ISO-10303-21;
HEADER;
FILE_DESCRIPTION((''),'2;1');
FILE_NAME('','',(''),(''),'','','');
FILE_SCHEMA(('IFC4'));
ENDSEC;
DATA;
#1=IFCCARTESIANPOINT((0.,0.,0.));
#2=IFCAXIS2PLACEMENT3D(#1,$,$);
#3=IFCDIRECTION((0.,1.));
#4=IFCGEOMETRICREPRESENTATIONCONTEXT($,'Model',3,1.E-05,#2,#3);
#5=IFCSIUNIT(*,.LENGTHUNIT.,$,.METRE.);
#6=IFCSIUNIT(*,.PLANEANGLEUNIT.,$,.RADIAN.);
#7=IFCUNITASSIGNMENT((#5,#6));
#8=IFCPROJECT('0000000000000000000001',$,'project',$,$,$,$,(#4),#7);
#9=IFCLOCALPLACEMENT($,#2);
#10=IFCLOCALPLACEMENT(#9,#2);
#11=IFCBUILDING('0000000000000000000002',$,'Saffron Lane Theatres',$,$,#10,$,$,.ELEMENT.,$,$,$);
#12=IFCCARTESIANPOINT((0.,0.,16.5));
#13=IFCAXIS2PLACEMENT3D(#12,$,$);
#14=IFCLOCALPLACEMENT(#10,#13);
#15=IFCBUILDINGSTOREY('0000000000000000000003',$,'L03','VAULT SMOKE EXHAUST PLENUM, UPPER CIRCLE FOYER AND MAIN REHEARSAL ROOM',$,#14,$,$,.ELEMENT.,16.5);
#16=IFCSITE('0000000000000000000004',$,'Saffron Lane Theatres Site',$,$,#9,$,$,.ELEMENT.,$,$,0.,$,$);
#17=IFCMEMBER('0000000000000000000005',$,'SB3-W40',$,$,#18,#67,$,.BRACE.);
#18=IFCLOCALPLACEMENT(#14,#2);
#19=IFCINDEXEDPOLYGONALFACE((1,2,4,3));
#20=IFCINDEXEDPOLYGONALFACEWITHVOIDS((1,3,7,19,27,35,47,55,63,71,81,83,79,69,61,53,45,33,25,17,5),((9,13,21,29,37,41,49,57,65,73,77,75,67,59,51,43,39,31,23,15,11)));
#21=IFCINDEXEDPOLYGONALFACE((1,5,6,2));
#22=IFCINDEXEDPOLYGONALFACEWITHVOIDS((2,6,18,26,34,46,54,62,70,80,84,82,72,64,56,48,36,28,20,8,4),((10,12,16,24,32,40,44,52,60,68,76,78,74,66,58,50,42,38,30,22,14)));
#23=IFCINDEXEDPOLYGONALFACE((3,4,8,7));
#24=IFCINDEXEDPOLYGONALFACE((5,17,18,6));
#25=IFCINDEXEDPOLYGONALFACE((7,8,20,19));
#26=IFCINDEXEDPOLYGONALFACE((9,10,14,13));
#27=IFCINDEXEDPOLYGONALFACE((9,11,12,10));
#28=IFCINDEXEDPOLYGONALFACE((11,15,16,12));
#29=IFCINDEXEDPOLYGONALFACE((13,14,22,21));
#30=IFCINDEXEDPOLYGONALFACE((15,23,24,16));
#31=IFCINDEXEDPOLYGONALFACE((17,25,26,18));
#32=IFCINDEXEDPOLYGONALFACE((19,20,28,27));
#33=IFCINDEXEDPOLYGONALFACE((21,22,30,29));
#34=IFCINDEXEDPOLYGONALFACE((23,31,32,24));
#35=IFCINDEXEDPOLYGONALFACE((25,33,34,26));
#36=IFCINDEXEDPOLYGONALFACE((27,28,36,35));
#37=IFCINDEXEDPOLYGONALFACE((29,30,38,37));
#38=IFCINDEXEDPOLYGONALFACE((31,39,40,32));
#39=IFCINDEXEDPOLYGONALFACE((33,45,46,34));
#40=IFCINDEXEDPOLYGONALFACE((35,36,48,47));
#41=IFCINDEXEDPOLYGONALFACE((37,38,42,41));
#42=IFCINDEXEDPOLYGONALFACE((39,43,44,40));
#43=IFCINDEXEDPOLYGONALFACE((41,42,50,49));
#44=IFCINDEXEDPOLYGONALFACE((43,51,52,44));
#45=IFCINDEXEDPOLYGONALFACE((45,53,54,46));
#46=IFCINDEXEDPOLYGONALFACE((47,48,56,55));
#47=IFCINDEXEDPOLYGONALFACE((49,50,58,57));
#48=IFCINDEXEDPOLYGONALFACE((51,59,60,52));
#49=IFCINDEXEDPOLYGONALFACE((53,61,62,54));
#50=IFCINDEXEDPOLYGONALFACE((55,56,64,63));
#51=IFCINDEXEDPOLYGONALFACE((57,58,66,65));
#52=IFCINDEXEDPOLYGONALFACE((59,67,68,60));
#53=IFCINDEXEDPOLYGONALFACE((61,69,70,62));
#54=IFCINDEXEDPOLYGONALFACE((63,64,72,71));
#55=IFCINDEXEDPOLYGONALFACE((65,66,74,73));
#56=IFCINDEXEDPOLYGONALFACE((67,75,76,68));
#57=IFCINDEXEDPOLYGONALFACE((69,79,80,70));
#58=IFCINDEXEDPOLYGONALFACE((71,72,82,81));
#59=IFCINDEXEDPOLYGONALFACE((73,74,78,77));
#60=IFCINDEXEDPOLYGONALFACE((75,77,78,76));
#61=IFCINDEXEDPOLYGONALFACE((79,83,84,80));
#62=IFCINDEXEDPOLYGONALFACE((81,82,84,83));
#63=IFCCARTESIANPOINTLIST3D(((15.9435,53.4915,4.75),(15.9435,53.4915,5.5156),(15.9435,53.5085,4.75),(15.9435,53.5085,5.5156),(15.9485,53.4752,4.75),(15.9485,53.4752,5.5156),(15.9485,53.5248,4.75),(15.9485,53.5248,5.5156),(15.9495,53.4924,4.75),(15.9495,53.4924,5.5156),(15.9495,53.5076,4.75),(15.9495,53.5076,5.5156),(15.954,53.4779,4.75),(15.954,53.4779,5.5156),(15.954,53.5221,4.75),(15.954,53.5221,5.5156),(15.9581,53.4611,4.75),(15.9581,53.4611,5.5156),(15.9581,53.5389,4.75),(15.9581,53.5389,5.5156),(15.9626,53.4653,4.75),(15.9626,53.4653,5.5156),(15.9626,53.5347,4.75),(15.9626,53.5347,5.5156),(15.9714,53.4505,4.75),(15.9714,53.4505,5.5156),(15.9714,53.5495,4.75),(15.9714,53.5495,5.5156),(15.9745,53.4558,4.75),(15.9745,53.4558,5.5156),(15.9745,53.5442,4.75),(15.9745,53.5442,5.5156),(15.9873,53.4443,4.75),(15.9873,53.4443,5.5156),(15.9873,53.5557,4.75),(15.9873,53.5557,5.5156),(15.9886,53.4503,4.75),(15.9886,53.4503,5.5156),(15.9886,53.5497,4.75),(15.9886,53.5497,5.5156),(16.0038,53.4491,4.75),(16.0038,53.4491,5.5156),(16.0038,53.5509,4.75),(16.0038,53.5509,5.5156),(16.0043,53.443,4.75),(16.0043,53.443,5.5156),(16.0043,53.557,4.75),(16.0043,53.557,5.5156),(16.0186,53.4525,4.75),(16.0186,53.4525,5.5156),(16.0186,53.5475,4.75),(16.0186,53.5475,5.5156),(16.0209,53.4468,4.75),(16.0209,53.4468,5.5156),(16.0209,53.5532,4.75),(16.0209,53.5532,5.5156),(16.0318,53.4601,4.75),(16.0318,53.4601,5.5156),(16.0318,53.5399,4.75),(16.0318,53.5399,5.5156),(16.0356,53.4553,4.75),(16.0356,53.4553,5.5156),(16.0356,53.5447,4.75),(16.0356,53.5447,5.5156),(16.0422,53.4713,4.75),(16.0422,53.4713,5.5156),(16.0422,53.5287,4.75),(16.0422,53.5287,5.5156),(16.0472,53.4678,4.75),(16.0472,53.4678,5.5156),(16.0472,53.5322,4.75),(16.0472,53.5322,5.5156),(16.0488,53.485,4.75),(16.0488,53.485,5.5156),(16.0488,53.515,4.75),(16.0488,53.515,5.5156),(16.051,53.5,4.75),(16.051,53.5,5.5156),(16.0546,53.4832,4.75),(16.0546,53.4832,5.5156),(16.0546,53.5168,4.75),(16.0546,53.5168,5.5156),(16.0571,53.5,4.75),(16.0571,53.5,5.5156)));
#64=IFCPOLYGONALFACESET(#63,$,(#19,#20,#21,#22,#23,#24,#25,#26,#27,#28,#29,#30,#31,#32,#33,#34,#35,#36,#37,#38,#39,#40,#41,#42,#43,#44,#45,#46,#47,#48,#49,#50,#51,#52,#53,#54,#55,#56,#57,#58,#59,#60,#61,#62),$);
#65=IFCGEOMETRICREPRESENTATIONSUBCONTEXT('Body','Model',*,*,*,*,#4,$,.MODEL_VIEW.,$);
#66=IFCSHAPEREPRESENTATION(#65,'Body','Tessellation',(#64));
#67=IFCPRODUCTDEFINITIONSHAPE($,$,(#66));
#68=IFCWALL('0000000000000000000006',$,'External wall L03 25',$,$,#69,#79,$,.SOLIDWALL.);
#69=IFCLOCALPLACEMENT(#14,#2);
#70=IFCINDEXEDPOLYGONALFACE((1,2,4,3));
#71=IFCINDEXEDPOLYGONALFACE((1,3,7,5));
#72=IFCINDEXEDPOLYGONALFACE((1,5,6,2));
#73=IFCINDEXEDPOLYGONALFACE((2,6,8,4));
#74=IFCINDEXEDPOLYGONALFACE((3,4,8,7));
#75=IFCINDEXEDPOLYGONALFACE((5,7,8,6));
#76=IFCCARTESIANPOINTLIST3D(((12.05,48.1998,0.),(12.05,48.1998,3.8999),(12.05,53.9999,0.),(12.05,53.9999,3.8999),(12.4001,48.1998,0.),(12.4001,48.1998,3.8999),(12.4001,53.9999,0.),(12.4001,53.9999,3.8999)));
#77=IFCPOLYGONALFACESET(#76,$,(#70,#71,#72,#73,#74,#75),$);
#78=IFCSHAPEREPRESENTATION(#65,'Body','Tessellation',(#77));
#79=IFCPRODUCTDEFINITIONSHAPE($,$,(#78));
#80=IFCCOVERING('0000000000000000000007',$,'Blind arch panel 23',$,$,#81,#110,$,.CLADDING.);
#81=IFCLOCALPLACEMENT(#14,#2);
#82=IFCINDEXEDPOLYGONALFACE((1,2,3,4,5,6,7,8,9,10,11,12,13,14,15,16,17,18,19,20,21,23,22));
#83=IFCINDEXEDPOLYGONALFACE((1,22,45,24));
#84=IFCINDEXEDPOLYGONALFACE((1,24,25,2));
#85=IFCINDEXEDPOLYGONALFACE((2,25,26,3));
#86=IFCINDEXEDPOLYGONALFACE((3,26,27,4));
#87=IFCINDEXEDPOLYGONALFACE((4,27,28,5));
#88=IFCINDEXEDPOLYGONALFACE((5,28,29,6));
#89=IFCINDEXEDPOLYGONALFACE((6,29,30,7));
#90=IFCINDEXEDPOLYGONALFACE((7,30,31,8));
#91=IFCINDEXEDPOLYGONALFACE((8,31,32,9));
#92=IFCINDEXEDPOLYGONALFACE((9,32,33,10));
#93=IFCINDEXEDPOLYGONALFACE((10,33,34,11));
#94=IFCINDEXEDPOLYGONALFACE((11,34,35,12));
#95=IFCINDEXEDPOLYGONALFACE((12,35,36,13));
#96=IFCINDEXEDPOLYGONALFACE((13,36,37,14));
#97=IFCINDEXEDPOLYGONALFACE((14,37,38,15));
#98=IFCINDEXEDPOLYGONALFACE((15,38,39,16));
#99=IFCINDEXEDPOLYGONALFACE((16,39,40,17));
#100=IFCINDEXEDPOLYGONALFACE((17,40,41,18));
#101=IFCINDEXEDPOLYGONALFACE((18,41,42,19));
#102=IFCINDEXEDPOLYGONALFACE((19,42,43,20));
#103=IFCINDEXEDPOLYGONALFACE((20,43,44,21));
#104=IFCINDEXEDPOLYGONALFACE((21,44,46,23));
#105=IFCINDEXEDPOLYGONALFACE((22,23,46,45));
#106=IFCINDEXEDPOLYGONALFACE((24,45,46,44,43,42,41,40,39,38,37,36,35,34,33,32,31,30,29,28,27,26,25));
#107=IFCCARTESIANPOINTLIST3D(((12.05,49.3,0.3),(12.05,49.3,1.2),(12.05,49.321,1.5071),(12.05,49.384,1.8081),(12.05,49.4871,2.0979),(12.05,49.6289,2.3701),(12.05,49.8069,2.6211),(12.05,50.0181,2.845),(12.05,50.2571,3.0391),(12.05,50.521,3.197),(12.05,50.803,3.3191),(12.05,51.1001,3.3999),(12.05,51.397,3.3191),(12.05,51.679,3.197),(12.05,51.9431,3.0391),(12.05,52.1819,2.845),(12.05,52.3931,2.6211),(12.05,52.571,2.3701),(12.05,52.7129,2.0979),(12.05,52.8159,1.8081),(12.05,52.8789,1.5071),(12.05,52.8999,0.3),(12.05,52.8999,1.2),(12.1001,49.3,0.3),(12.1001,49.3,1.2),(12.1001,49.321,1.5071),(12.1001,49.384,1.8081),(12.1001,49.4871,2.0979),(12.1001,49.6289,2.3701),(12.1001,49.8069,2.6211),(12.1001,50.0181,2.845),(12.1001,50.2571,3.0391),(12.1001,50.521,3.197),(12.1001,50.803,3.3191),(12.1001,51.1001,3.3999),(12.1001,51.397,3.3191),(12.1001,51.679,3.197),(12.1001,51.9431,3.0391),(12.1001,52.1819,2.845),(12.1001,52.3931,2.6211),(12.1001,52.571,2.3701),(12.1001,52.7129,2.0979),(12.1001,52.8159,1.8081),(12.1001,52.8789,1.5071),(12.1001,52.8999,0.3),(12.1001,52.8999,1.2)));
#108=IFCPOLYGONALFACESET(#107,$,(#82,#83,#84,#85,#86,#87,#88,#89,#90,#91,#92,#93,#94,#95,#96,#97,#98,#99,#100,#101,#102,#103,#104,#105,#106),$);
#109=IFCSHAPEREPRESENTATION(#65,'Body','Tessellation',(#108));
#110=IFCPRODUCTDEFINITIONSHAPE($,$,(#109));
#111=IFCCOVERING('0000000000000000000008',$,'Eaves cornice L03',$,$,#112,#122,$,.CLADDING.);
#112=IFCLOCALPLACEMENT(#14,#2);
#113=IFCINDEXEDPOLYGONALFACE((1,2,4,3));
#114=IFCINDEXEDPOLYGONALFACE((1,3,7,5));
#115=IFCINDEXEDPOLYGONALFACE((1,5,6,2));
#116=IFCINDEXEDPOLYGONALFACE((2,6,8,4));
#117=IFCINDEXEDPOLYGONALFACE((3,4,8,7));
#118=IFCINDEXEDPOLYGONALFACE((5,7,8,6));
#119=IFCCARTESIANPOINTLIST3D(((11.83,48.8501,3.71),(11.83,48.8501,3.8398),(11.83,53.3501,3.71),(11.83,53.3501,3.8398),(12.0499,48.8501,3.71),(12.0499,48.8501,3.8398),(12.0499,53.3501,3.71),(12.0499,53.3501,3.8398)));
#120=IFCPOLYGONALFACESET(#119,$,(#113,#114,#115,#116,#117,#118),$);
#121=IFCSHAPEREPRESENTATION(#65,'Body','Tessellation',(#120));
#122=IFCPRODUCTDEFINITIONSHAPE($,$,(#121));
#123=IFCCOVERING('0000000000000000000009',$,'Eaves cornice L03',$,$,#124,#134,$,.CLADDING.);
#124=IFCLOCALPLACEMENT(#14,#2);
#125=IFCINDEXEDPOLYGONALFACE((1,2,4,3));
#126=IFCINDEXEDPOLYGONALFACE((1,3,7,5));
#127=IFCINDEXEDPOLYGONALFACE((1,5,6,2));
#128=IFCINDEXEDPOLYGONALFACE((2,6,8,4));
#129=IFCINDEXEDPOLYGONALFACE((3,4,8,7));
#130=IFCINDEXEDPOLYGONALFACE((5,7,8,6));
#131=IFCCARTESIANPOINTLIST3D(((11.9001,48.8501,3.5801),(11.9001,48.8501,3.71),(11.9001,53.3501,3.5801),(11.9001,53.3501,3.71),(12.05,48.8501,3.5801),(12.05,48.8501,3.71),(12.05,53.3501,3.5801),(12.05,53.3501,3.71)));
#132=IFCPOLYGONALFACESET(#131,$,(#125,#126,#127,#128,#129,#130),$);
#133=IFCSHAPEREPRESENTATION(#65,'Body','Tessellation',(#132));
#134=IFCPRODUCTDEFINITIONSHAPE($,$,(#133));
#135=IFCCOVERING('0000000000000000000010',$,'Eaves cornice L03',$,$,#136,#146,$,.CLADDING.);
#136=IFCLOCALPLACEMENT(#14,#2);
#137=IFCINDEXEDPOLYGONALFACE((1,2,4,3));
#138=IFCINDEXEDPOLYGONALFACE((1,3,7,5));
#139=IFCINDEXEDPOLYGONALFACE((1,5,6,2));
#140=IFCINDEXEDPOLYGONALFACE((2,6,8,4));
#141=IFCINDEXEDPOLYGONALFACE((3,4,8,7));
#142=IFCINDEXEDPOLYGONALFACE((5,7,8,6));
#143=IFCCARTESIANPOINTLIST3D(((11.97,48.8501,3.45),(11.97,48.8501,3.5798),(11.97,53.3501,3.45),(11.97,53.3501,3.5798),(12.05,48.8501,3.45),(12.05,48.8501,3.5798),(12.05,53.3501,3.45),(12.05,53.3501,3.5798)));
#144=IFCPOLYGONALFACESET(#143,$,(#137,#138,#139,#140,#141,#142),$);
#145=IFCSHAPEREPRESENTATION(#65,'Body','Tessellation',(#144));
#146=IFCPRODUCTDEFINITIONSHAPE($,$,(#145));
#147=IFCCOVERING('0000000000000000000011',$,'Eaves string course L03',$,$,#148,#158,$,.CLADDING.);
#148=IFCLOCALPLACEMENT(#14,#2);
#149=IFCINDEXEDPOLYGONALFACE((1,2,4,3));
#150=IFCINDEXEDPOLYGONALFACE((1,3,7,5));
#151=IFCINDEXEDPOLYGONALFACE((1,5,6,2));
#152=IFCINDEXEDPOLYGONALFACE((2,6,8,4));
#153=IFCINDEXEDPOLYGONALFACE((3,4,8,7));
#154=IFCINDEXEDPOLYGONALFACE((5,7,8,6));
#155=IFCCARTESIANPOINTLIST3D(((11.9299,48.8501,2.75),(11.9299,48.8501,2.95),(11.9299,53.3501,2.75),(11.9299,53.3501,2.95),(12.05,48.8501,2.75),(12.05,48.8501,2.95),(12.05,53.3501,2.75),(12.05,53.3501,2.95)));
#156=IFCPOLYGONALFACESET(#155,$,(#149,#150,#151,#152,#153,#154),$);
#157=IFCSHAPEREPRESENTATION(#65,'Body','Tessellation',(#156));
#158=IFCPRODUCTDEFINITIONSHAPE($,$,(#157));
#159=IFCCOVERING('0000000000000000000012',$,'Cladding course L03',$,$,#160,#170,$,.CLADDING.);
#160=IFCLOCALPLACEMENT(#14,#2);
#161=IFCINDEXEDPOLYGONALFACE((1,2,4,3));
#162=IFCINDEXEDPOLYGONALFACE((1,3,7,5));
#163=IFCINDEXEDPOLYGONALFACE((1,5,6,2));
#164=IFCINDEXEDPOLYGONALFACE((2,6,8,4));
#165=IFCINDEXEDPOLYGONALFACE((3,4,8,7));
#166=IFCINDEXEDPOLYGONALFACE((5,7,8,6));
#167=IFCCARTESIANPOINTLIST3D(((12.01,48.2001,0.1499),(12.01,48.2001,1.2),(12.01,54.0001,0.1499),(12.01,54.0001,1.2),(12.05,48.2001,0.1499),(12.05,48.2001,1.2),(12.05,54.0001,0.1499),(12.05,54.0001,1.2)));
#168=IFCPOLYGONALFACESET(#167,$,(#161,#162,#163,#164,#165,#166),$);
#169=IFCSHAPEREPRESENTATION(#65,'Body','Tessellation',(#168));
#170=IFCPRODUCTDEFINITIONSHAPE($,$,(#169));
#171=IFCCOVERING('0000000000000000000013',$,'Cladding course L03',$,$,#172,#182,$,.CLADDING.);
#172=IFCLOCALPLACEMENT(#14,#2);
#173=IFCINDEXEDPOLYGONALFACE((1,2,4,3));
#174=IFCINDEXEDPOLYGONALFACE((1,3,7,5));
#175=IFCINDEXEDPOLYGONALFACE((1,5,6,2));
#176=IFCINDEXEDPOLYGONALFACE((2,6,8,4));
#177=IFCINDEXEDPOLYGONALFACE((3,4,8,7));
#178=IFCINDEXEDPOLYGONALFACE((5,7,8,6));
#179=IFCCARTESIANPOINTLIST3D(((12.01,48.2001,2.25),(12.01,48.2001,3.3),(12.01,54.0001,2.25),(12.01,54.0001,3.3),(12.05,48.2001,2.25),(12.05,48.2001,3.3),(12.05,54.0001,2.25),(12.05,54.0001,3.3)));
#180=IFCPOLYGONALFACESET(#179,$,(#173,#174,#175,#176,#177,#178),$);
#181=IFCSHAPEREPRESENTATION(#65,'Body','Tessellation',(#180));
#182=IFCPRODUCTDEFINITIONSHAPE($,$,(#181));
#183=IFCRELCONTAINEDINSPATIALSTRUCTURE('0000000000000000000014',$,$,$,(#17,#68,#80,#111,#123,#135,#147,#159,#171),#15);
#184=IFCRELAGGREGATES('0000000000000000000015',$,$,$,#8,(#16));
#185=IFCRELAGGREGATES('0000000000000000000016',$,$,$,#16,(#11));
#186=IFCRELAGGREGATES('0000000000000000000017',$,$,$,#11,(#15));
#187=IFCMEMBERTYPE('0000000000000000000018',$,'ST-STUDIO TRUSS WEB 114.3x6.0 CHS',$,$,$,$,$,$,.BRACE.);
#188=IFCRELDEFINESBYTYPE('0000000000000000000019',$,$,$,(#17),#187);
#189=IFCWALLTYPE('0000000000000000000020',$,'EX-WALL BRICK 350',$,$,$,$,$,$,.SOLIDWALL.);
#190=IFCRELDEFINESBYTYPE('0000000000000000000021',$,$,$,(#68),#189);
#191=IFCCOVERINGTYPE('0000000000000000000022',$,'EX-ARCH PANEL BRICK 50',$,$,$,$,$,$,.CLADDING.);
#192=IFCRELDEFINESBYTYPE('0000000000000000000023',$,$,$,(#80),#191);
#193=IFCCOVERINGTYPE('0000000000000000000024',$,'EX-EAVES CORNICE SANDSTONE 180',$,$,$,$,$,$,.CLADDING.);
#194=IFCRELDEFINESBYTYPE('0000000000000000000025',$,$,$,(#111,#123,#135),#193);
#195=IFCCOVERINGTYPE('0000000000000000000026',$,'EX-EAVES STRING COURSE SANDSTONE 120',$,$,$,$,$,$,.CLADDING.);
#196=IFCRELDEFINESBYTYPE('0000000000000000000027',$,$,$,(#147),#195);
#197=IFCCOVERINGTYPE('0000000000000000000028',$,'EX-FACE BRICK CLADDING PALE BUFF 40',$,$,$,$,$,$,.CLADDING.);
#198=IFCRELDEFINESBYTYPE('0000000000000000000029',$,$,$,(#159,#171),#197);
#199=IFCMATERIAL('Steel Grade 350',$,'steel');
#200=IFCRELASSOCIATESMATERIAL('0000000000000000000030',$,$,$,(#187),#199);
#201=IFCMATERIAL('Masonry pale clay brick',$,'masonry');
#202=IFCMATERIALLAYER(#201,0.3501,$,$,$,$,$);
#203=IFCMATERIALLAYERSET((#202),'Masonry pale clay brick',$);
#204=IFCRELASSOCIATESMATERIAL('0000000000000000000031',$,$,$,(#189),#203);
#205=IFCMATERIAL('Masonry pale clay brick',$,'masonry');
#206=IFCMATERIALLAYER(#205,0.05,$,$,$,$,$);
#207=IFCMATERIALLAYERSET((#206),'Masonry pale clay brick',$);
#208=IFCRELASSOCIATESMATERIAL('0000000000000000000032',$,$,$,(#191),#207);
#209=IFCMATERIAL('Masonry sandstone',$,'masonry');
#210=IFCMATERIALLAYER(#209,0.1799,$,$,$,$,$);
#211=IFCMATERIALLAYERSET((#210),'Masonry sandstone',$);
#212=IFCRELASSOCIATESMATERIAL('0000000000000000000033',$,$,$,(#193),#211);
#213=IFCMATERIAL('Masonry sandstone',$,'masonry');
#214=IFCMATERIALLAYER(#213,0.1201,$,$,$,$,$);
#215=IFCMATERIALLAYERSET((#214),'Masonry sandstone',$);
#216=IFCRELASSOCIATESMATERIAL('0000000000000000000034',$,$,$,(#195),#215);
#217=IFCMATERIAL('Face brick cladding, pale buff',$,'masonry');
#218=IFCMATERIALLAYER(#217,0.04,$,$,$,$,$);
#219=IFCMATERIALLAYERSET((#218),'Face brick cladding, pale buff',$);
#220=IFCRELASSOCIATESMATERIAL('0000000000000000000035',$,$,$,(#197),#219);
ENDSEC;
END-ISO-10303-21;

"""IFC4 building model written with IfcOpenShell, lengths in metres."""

from ifc_helpers import new_model, si_unit, direction, frame, frame_2d, origin, origin_2d, place, context, subcontext, project, spatial, polyline, rectangle, hollow_circle, outline, extrude, material, layer, layer_set, material_profile, profile_set, type_object, element, save


model = new_model("IFC4")

# Units and contexts
model_context = context("Model", 3, precision=1e-05, world=origin(), true_north=direction((0.0, 1.0)))
body_context = subcontext(model_context, "Body", "Model", "MODEL_VIEW")
ifc_project = project(units=[si_unit("LENGTHUNIT", "METRE"), si_unit("PLANEANGLEUNIT", "RADIAN")], contexts=[model_context])

# Site, building, storey
site_placement = place(None, origin())
site = spatial("IfcSite", under=ifc_project, at=site_placement, Name="Saffron Lane Theatres Site", CompositionType="ELEMENT", RefElevation=0.0)
building_placement = place(site_placement, origin())
building = spatial("IfcBuilding", under=site, at=building_placement, Name="Saffron Lane Theatres", CompositionType="ELEMENT")
storey_placement = place(building_placement, frame((0.0, 0.0, 16.5)))
storey = spatial("IfcBuildingStorey", under=building, at=storey_placement, Name="L03", Description="VAULT SMOKE EXHAUST PLENUM, UPPER CIRCLE FOYER AND MAIN REHEARSAL ROOM", CompositionType="ELEMENT", Elevation=16.5)

# Member
ifc_material_1 = material(Name="Steel Grade 350", Category="steel")
ifc_material_profile_1 = material_profile(ifc_material_1, hollow_circle(Radius=0.0571, WallThickness=0.0061, at=origin_2d()))
ifc_profile_set_1 = profile_set([ifc_material_profile_1], Name="Steel Grade 350")
member_type_1 = type_object("IfcMemberType", Name="ST-STUDIO TRUSS WEB 114.3x6.0 CHS", PredefinedType="BRACE", material=ifc_profile_set_1)
member_1_placement = place(storey_placement, frame((16.0, 53.5, 4.75), z_axis=(0.0, 0.0, 1.0), x_axis=(1.0, 0.0, 0.0)))
element("IfcMember", 1, at=member_1_placement, inside=storey, type_object=member_type_1, Name="SB3-W40", PredefinedType="BRACE", context=body_context, shape_type="SweptSolid", body=[
    extrude(hollow_circle(Radius=0.0571, WallThickness=0.0061, at=origin_2d()), origin(), (0.0, 0.0, 1.0), 0.7656),
])

# Wall
ifc_material_2 = material(Name="Masonry pale clay brick", Category="masonry")
ifc_layer_1 = layer(ifc_material_2, 0.3501)
ifc_layer_set_1 = layer_set([ifc_layer_1], Name="Masonry pale clay brick")
wall_type = type_object("IfcWallType", Name="EX-WALL BRICK 350", PredefinedType="SOLIDWALL", material=ifc_layer_set_1)
wall_placement = place(storey_placement, frame((12.2251, 48.2, 0.0), z_axis=(0.0, 0.0, 1.0), x_axis=(0.0, 1.0, 0.0)))
element("IfcWall", 2, at=wall_placement, inside=storey, type_object=wall_type, Name="External wall L03 25", PredefinedType="SOLIDWALL", context=body_context, shape_type="SweptSolid", body=[
    extrude(rectangle(XDim=5.8, YDim=0.3501, at=frame_2d((2.8999, 0.0))), origin(), (0.0, 0.0, 1.0), 3.8999),
])

# Coverings
ifc_material_3 = material(Name="Masonry pale clay brick", Category="masonry")
ifc_layer_2 = layer(ifc_material_3, 0.05)
ifc_layer_set_2 = layer_set([ifc_layer_2], Name="Masonry pale clay brick")
covering_type_1 = type_object("IfcCoveringType", Name="EX-ARCH PANEL BRICK 50", PredefinedType="CLADDING", material=ifc_layer_set_2)
covering_1_placement = place(storey_placement, frame((12.1001, 49.3, 1.2), z_axis=(1.0, 0.0, 0.0), x_axis=(0.0, 0.0, -1.0)))
element("IfcCovering", 3, at=covering_1_placement, inside=storey, type_object=covering_type_1, Name="Blind arch panel 23", PredefinedType="CLADDING", context=body_context, shape_type="SweptSolid", body=[
    extrude(outline(polyline([(0.0, 0.0), (0.8999, 0.0), (0.8999, 3.5999), (0.0, 3.5999), (-0.3071, 3.5789), (-0.6082, 3.5159), (-0.8979, 3.4128), (-1.1702, 3.271), (-1.4211, 3.093), (-1.645, 2.8818), (-1.8391, 2.6431), (-1.9971, 2.3789), (-2.1191, 2.0969), (-2.2, 1.8), (-2.1191, 1.5029), (-1.9971, 1.2209), (-1.8391, 0.957), (-1.645, 0.718), (-1.4211, 0.5068), (-1.1702, 0.3289), (-0.8979, 0.187), (-0.6082, 0.084), (-0.3071, 0.021), (0.0, 0.0)])), origin(), (0.0, 0.0, -1.0), 0.05),
])
ifc_material_4 = material(Name="Masonry sandstone", Category="masonry")
ifc_layer_3 = layer(ifc_material_4, 0.1799)
ifc_layer_set_3 = layer_set([ifc_layer_3], Name="Masonry sandstone")
covering_type_2 = type_object("IfcCoveringType", Name="EX-EAVES CORNICE SANDSTONE 180", PredefinedType="CLADDING", material=ifc_layer_set_3)
covering_2_placement = place(storey_placement, frame((11.9399, 51.1001, 3.71), z_axis=(0.0, 0.0, 1.0), x_axis=(0.0, 1.0, 0.0)))
element("IfcCovering", 4, at=covering_2_placement, inside=storey, type_object=covering_type_2, Name="Eaves cornice L03", PredefinedType="CLADDING", context=body_context, shape_type="SweptSolid", body=[
    extrude(rectangle(XDim=4.5, YDim=0.22, at=origin_2d()), origin(), (0.0, 0.0, 1.0), 0.1299),
])
covering_3_placement = place(storey_placement, frame((11.9751, 51.1001, 3.5801), z_axis=(0.0, 0.0, 1.0), x_axis=(0.0, 1.0, 0.0)))
element("IfcCovering", 5, at=covering_3_placement, inside=storey, type_object=covering_type_2, Name="Eaves cornice L03", PredefinedType="CLADDING", context=body_context, shape_type="SweptSolid", body=[
    extrude(rectangle(XDim=4.5, YDim=0.1499, at=origin_2d()), origin(), (0.0, 0.0, 1.0), 0.1299),
])
covering_4_placement = place(storey_placement, frame((12.01, 51.1001, 3.45), z_axis=(0.0, 0.0, 1.0), x_axis=(0.0, 1.0, 0.0)))
element("IfcCovering", 6, at=covering_4_placement, inside=storey, type_object=covering_type_2, Name="Eaves cornice L03", PredefinedType="CLADDING", context=body_context, shape_type="SweptSolid", body=[
    extrude(rectangle(XDim=4.5, YDim=0.0801, at=origin_2d()), origin(), (0.0, 0.0, 1.0), 0.1299),
])
ifc_material_5 = material(Name="Masonry sandstone", Category="masonry")
ifc_layer_4 = layer(ifc_material_5, 0.1201)
ifc_layer_set_4 = layer_set([ifc_layer_4], Name="Masonry sandstone")
covering_type_3 = type_object("IfcCoveringType", Name="EX-EAVES STRING COURSE SANDSTONE 120", PredefinedType="CLADDING", material=ifc_layer_set_4)
covering_5_placement = place(storey_placement, frame((11.99, 51.1001, 2.75), z_axis=(0.0, 0.0, 1.0), x_axis=(0.0, 1.0, 0.0)))
element("IfcCovering", 7, at=covering_5_placement, inside=storey, type_object=covering_type_3, Name="Eaves string course L03", PredefinedType="CLADDING", context=body_context, shape_type="SweptSolid", body=[
    extrude(rectangle(XDim=4.5, YDim=0.1201, at=origin_2d()), origin(), (0.0, 0.0, 1.0), 0.2),
])
ifc_material_6 = material(Name="Face brick cladding, pale buff", Category="masonry")
ifc_layer_5 = layer(ifc_material_6, 0.04)
ifc_layer_set_5 = layer_set([ifc_layer_5], Name="Face brick cladding, pale buff")
covering_type_4 = type_object("IfcCoveringType", Name="EX-FACE BRICK CLADDING PALE BUFF 40", PredefinedType="CLADDING", material=ifc_layer_set_5)
for number, where, z_axis, x_axis, name in (
    (8, (12.03, 51.1001, 0.1499), (0.0, 0.0, 1.0), (0.0, 1.0, 0.0), "Cladding course L03"),
    (9, (12.03, 51.1001, 2.25), (0.0, 0.0, 1.0), (0.0, 1.0, 0.0), "Cladding course L03"),
):
    element("IfcCovering", number, at=place(storey_placement, frame(where, z_axis=z_axis, x_axis=x_axis)), inside=storey, type_object=covering_type_4, Name=name, PredefinedType="CLADDING", context=body_context, shape_type="SweptSolid", body=[
        extrude(rectangle(XDim=5.8, YDim=0.04, at=origin_2d()), origin(), (0.0, 0.0, 1.0), 1.05),
    ])

save(model, "model.ifc")
